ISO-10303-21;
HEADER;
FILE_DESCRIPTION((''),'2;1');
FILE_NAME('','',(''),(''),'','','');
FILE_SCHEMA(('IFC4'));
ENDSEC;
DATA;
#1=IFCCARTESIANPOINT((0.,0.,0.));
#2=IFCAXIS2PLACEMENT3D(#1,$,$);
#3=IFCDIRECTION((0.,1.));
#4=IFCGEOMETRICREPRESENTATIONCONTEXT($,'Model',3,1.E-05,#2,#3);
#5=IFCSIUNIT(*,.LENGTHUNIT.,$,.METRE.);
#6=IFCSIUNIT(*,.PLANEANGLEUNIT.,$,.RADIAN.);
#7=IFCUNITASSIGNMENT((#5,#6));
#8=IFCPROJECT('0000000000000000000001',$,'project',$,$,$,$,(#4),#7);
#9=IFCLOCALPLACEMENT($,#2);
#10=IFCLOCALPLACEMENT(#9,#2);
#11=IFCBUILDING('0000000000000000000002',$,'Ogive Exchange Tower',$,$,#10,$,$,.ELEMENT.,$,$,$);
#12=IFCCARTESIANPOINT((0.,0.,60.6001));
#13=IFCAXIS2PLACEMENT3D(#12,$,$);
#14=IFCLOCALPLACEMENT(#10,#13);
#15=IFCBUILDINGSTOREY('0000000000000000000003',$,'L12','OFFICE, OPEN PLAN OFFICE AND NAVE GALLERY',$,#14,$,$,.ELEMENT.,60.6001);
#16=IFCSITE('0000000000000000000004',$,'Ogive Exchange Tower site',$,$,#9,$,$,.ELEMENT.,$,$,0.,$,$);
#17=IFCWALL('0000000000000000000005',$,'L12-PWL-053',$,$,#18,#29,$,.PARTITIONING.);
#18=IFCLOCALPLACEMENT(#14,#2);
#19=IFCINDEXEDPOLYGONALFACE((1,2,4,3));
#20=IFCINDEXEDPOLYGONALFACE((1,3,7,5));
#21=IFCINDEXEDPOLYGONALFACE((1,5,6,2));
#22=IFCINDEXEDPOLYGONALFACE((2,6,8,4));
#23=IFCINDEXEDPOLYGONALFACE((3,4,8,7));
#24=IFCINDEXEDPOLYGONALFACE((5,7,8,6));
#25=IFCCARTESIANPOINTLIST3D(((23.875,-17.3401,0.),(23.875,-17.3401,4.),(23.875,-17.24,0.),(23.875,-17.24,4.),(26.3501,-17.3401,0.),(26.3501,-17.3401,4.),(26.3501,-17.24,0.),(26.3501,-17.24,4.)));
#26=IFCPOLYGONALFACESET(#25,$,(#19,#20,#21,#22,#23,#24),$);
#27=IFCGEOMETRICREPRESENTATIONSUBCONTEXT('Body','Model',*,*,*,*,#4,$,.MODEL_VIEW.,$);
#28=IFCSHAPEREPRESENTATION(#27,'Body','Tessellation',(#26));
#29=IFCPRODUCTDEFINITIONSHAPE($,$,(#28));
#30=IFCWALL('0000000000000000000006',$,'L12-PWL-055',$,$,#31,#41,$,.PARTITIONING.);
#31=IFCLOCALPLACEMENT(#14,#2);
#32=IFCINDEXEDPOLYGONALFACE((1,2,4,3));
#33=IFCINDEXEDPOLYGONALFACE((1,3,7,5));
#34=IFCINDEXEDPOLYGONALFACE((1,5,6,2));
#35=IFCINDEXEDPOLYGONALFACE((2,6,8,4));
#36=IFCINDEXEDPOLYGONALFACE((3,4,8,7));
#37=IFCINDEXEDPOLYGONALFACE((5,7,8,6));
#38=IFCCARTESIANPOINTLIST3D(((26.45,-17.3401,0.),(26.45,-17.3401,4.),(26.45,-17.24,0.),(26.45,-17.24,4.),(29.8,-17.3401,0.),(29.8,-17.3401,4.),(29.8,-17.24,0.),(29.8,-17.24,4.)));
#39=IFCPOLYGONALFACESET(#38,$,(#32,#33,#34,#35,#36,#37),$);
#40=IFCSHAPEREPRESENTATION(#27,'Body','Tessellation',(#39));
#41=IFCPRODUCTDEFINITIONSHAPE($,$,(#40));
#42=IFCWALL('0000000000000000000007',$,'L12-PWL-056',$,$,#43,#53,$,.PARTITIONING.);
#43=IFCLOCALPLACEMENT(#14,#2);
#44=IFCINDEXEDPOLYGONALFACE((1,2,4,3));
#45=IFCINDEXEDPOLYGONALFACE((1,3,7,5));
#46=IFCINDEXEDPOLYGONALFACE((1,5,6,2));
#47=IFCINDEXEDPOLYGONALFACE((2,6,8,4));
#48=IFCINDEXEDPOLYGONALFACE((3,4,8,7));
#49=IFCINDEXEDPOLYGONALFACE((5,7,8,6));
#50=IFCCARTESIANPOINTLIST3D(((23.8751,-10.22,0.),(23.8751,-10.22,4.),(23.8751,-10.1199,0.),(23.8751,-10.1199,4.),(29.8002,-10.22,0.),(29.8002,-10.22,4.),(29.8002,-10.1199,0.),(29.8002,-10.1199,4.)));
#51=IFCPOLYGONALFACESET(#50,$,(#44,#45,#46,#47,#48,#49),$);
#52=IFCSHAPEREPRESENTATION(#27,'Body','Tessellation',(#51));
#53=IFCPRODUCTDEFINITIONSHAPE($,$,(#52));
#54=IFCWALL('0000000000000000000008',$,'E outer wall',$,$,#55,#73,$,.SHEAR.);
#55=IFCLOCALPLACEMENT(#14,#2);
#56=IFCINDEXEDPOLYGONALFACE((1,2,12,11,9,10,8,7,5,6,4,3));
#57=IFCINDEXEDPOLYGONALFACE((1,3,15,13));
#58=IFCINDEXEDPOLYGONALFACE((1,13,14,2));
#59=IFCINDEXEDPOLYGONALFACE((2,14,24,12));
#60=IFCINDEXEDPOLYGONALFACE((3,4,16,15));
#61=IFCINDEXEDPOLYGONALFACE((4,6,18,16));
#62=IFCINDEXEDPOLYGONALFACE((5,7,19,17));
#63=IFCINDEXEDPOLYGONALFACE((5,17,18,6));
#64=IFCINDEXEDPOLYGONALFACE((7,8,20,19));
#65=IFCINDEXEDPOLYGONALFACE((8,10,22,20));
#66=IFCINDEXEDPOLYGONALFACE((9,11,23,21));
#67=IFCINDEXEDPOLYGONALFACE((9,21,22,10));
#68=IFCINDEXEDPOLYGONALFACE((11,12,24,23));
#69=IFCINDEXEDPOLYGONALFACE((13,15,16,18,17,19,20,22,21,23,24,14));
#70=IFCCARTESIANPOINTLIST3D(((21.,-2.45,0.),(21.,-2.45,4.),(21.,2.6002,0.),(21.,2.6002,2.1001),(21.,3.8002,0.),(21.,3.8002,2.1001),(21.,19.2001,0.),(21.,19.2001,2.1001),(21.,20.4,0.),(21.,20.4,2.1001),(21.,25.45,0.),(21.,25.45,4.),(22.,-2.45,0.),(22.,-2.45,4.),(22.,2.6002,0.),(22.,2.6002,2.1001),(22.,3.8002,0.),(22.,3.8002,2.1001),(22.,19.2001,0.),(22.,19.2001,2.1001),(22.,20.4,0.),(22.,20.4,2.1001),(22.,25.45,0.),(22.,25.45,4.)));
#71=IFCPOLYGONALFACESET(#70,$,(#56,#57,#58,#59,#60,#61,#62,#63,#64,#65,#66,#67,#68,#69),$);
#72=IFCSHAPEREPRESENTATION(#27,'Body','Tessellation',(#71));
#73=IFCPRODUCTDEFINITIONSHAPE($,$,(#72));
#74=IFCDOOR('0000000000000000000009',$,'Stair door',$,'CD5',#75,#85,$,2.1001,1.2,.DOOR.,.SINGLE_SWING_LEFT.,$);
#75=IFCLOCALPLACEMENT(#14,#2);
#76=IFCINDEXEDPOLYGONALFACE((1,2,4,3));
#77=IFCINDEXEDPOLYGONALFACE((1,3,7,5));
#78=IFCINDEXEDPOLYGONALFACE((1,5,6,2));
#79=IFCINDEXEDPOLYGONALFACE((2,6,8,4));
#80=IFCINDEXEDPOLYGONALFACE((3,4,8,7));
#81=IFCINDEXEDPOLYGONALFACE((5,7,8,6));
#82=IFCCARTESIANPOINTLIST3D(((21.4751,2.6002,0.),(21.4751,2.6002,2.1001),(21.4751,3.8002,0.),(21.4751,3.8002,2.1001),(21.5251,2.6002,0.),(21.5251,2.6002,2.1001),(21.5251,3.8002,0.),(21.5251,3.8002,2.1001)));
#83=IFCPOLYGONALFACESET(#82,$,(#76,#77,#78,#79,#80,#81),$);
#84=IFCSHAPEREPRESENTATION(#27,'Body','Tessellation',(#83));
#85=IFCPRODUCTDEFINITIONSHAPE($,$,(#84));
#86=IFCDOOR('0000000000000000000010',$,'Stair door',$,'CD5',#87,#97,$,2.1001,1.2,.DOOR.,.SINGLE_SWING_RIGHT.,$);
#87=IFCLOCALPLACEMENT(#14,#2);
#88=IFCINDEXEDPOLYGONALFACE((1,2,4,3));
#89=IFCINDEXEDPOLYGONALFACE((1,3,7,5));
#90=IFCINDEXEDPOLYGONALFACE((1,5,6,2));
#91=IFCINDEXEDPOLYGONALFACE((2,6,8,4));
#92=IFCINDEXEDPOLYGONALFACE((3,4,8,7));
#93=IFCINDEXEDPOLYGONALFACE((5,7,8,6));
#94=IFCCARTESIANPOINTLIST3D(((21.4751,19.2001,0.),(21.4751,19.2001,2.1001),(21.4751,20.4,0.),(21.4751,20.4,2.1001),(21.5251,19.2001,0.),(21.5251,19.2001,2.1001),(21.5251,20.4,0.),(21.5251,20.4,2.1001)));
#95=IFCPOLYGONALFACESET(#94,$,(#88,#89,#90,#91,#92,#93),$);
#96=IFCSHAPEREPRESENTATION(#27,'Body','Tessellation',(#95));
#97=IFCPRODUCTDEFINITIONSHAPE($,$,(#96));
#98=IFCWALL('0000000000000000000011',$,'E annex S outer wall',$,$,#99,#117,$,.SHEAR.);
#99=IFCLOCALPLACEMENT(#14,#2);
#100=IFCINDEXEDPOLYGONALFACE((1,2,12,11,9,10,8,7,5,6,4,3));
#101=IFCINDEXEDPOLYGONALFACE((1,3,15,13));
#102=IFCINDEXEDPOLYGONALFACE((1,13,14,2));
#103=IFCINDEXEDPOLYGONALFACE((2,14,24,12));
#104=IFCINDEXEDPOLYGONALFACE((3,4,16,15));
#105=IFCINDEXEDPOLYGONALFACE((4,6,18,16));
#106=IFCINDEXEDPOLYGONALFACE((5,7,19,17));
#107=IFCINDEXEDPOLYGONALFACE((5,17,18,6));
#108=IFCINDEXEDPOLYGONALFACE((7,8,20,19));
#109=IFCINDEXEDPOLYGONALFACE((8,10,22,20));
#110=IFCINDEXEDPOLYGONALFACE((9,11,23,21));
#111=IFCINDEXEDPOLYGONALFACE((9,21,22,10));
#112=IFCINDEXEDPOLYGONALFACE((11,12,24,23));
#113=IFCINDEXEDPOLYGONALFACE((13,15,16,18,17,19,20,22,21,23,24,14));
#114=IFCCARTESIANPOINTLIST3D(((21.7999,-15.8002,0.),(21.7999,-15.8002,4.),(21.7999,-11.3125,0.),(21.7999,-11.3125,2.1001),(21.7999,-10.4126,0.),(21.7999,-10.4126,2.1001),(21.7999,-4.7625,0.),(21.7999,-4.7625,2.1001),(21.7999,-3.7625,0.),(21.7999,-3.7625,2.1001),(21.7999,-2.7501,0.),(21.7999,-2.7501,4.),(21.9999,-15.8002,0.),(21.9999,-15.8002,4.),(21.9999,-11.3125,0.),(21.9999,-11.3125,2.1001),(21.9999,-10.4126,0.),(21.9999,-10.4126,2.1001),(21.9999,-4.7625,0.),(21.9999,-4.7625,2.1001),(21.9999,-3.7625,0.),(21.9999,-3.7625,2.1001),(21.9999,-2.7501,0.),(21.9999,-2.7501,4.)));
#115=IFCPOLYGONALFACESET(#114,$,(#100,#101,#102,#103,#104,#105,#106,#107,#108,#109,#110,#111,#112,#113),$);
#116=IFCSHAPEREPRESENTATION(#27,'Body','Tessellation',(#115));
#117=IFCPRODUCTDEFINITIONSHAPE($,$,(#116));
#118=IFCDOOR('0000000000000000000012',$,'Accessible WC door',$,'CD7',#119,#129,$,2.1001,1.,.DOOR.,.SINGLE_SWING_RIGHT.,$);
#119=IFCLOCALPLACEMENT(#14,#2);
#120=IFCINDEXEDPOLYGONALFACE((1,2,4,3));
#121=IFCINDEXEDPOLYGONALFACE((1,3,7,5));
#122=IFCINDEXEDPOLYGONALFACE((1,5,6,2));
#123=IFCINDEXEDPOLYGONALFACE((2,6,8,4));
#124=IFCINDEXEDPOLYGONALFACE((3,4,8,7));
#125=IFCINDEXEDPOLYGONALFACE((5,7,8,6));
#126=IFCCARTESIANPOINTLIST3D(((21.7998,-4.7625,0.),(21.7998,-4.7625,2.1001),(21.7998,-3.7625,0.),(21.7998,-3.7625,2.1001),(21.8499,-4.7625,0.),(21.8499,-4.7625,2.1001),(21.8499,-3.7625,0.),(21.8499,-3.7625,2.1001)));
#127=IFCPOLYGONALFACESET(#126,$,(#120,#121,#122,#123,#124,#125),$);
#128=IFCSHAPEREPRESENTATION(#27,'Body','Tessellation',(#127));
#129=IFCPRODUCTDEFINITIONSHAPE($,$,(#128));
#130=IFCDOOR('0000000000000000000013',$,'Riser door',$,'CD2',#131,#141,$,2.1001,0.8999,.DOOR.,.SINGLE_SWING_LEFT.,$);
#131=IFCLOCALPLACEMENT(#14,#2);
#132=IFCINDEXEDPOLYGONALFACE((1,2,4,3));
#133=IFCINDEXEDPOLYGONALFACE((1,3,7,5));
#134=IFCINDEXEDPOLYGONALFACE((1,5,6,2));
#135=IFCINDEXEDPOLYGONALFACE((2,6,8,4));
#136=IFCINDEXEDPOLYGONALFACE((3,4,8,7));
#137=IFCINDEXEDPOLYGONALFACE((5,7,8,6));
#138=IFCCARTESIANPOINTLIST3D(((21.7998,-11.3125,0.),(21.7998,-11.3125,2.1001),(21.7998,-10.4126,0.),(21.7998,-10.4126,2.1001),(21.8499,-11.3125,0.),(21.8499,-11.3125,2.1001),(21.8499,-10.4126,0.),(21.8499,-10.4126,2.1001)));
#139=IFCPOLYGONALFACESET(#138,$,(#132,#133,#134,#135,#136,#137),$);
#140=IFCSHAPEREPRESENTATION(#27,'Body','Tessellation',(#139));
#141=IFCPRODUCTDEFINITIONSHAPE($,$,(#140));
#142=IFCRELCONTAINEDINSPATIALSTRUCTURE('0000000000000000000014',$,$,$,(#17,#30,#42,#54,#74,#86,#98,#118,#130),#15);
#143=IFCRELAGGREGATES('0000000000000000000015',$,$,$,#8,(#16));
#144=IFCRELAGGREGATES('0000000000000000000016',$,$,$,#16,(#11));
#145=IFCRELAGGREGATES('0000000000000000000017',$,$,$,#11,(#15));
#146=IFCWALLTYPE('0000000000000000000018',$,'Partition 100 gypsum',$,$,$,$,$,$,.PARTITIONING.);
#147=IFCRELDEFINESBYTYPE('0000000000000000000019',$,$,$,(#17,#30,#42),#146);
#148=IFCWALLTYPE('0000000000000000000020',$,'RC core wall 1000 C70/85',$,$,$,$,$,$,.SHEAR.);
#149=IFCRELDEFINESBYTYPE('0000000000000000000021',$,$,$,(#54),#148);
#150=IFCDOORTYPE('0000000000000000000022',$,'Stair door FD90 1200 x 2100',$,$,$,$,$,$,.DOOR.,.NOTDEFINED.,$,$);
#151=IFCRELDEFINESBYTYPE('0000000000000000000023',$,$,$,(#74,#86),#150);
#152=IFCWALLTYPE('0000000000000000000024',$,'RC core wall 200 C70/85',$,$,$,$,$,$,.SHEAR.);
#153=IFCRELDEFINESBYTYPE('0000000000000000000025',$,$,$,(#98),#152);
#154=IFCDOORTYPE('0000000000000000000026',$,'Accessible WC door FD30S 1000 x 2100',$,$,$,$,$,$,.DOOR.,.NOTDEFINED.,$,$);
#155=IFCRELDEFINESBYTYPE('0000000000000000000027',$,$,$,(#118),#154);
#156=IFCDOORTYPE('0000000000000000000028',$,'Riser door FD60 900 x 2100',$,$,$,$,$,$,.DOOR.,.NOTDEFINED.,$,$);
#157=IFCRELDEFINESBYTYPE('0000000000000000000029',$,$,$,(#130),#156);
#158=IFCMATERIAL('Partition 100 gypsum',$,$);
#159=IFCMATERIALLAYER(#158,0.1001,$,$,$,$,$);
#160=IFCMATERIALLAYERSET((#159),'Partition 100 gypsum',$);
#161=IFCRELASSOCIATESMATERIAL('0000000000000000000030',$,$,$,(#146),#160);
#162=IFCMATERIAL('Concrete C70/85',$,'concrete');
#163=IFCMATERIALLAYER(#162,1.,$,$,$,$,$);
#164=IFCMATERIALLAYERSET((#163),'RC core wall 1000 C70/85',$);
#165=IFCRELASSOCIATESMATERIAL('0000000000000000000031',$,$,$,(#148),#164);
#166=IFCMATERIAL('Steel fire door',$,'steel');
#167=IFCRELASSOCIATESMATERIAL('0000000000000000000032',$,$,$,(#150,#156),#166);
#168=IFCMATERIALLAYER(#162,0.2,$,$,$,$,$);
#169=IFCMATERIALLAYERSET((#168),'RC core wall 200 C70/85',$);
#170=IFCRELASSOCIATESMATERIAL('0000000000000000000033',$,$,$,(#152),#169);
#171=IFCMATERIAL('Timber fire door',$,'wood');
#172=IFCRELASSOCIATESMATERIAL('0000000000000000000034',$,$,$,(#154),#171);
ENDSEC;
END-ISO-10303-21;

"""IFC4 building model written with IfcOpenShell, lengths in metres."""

from ifc_helpers import new_model, si_unit, direction, frame, frame_2d, origin, place, context, subcontext, project, spatial, rectangle, extrude, material, layer, layer_set, type_object, element, fill, save


model = new_model("IFC4")

# Units and contexts
model_context = context("Model", 3, precision=1e-05, world=origin(), true_north=direction((0.0, 1.0)))
body_context = subcontext(model_context, "Body", "Model", "MODEL_VIEW")
ifc_project = project(units=[si_unit("LENGTHUNIT", "METRE"), si_unit("PLANEANGLEUNIT", "RADIAN")], contexts=[model_context])

# Site, building, storey
site_placement = place(None, origin())
site = spatial("IfcSite", under=ifc_project, at=site_placement, Name="Ogive Exchange Tower site", CompositionType="ELEMENT", RefElevation=0.0)
building_placement = place(site_placement, origin())
building = spatial("IfcBuilding", under=site, at=building_placement, Name="Ogive Exchange Tower", CompositionType="ELEMENT")
storey_placement = place(building_placement, frame((0.0, 0.0, 60.6001)))
storey = spatial("IfcBuildingStorey", under=building, at=storey_placement, Name="L12", Description="OFFICE, OPEN PLAN OFFICE AND NAVE GALLERY", CompositionType="ELEMENT", Elevation=60.6001)

# Walls
ifc_material_1 = material(Name="Partition 100 gypsum")
ifc_layer_1 = layer(ifc_material_1, 0.1001)
ifc_layer_set_1 = layer_set([ifc_layer_1], Name="Partition 100 gypsum")
wall_type_1 = type_object("IfcWallType", Name="Partition 100 gypsum", PredefinedType="PARTITIONING", material=ifc_layer_set_1)
wall_1_placement = place(storey_placement, frame((26.3501, -17.29, 0.0), z_axis=(0.0, 0.0, 1.0), x_axis=(-1.0, 0.0, 0.0)))
element("IfcWall", 1, at=wall_1_placement, inside=storey, type_object=wall_type_1, Name="L12-PWL-053", PredefinedType="PARTITIONING", context=body_context, shape_type="SweptSolid", body=[
    extrude(rectangle(XDim=2.4751, YDim=0.1001, at=frame_2d((1.2375, 0.0))), origin(), (0.0, 0.0, 1.0), 4.0),
])
wall_2_placement = place(storey_placement, frame((29.8, -17.29, 0.0), z_axis=(0.0, 0.0, 1.0), x_axis=(-1.0, 0.0, 0.0)))
element("IfcWall", 2, at=wall_2_placement, inside=storey, type_object=wall_type_1, Name="L12-PWL-055", PredefinedType="PARTITIONING", context=body_context, shape_type="SweptSolid", body=[
    extrude(rectangle(XDim=3.3501, YDim=0.1001, at=frame_2d((1.675, 0.0))), origin(), (0.0, 0.0, 1.0), 4.0),
])
wall_3_placement = place(storey_placement, frame((29.8, -10.1699, 0.0), z_axis=(0.0, 0.0, 1.0), x_axis=(-1.0, 0.0, 0.0)))
element("IfcWall", 3, at=wall_3_placement, inside=storey, type_object=wall_type_1, Name="L12-PWL-056", PredefinedType="PARTITIONING", context=body_context, shape_type="SweptSolid", body=[
    extrude(rectangle(XDim=5.925, YDim=0.1001, at=frame_2d((2.9624, 0.0))), origin(), (0.0, 0.0, 1.0), 4.0),
])

# Walls, openings, doors
ifc_material_2 = material(Name="Concrete C70/85", Category="concrete")
ifc_layer_2 = layer(ifc_material_2, 1.0)
ifc_layer_set_2 = layer_set([ifc_layer_2], Name="RC core wall 1000 C70/85")
wall_type_2 = type_object("IfcWallType", Name="RC core wall 1000 C70/85", PredefinedType="SHEAR", material=ifc_layer_set_2)
wall_4_placement = place(storey_placement, frame((21.5, -2.45, 0.0), z_axis=(0.0, 0.0, 1.0), x_axis=(0.0, 1.0, 0.0)))
wall_4 = element("IfcWall", 4, at=wall_4_placement, inside=storey, type_object=wall_type_2, Name="E outer wall", PredefinedType="SHEAR", context=body_context, shape_type="SweptSolid", body=[
    extrude(rectangle(XDim=27.8999, YDim=1.0, at=frame_2d((13.95, 0.0))), origin(), (0.0, 0.0, 1.0), 4.0),
])
opening_1_placement = place(wall_4_placement, frame((5.05, 0.0, 0.0)))
opening_1 = element("IfcOpeningElement", 5, at=opening_1_placement, cuts=wall_4, PredefinedType="OPENING", context=body_context, shape_type="SweptSolid", body=[
    extrude(rectangle(XDim=1.2, YDim=2.1001, at=frame_2d((0.6001, 1.05))), frame((0.0, 0.51, 0.0), z_axis=(0.0, -1.0, 0.0), x_axis=(1.0, 0.0, 0.0)), (0.0, 0.0, 1.0), 1.02),
])
opening_2_placement = place(wall_4_placement, frame((21.6499, 0.0, 0.0)))
opening_2 = element("IfcOpeningElement", 6, at=opening_2_placement, cuts=wall_4, PredefinedType="OPENING", context=body_context, shape_type="SweptSolid", body=[
    extrude(rectangle(XDim=1.2, YDim=2.1001, at=frame_2d((0.6001, 1.05))), frame((0.0, 0.51, 0.0), z_axis=(0.0, -1.0, 0.0), x_axis=(1.0, 0.0, 0.0)), (0.0, 0.0, 1.0), 1.02),
])
ifc_material_3 = material(Name="Steel fire door", Category="steel")
door_type_1 = type_object("IfcDoorType", Name="Stair door FD90 1200 x 2100", OperationType="NOTDEFINED", PredefinedType="DOOR", material=ifc_material_3)
door_1_placement = place(opening_1_placement, origin())
door_1 = element("IfcDoor", 7, at=door_1_placement, inside=storey, type_object=door_type_1, Name="Stair door", ObjectType="CD5", OperationType="SINGLE_SWING_LEFT", OverallHeight=2.1001, OverallWidth=1.2, PredefinedType="DOOR", context=body_context, shape_type="SweptSolid", body=[
    extrude(rectangle(XDim=1.2, YDim=2.1001, at=frame_2d((0.6001, 1.05))), frame((0.0, 0.0249, 0.0), z_axis=(0.0, -1.0, 0.0), x_axis=(1.0, 0.0, 0.0)), (0.0, 0.0, 1.0), 0.05),
])
fill(opening_1, door_1)
door_2_placement = place(opening_2_placement, origin())
door_2 = element("IfcDoor", 8, at=door_2_placement, inside=storey, type_object=door_type_1, Name="Stair door", ObjectType="CD5", OperationType="SINGLE_SWING_RIGHT", OverallHeight=2.1001, OverallWidth=1.2, PredefinedType="DOOR", context=body_context, shape_type="SweptSolid", body=[
    extrude(rectangle(XDim=1.2, YDim=2.1001, at=frame_2d((0.6001, 1.05))), frame((0.0, 0.0249, 0.0), z_axis=(0.0, -1.0, 0.0), x_axis=(1.0, 0.0, 0.0)), (0.0, 0.0, 1.0), 0.05),
])
fill(opening_2, door_2)
ifc_layer_3 = layer(ifc_material_2, 0.2)
ifc_layer_set_3 = layer_set([ifc_layer_3], Name="RC core wall 200 C70/85")
wall_type_3 = type_object("IfcWallType", Name="RC core wall 200 C70/85", PredefinedType="SHEAR", material=ifc_layer_set_3)
wall_5_placement = place(storey_placement, frame((21.8999, -15.8, 0.0), z_axis=(0.0, 0.0, 1.0), x_axis=(0.0, 1.0, 0.0)))
wall_5 = element("IfcWall", 9, at=wall_5_placement, inside=storey, type_object=wall_type_3, Name="E annex S outer wall", PredefinedType="SHEAR", context=body_context, shape_type="SweptSolid", body=[
    extrude(rectangle(XDim=13.05, YDim=0.2, at=frame_2d((6.5249, 0.0))), origin(), (0.0, 0.0, 1.0), 4.0),
])
opening_3_placement = place(wall_5_placement, frame((4.4875, 0.0, 0.0)))
opening_3 = element("IfcOpeningElement", 10, at=opening_3_placement, cuts=wall_5, PredefinedType="OPENING", context=body_context, shape_type="SweptSolid", body=[
    extrude(rectangle(XDim=0.8999, YDim=2.1001, at=frame_2d((0.45, 1.05))), frame((0.0, 0.1099, 0.0), z_axis=(0.0, -1.0, 0.0), x_axis=(1.0, 0.0, 0.0)), (0.0, 0.0, 1.0), 0.22),
])
opening_4_placement = place(wall_5_placement, frame((11.0376, 0.0, 0.0)))
opening_4 = element("IfcOpeningElement", 11, at=opening_4_placement, cuts=wall_5, PredefinedType="OPENING", context=body_context, shape_type="SweptSolid", body=[
    extrude(rectangle(XDim=1.0, YDim=2.1001, at=frame_2d((0.5, 1.05))), frame((0.0, 0.1099, 0.0), z_axis=(0.0, -1.0, 0.0), x_axis=(1.0, 0.0, 0.0)), (0.0, 0.0, 1.0), 0.22),
])
ifc_material_4 = material(Name="Timber fire door", Category="wood")
door_type_2 = type_object("IfcDoorType", Name="Accessible WC door FD30S 1000 x 2100", OperationType="NOTDEFINED", PredefinedType="DOOR", material=ifc_material_4)
door_3_placement = place(opening_4_placement, origin())
door_3 = element("IfcDoor", 12, at=door_3_placement, inside=storey, type_object=door_type_2, Name="Accessible WC door", ObjectType="CD7", OperationType="SINGLE_SWING_RIGHT", OverallHeight=2.1001, OverallWidth=1.0, PredefinedType="DOOR", context=body_context, shape_type="SweptSolid", body=[
    extrude(rectangle(XDim=1.0, YDim=2.1001, at=frame_2d((0.5, 1.05))), frame((0.0, 0.1001, 0.0), z_axis=(0.0, -1.0, 0.0), x_axis=(1.0, 0.0, 0.0)), (0.0, 0.0, 1.0), 0.05),
])
fill(opening_4, door_3)
door_type_3 = type_object("IfcDoorType", Name="Riser door FD60 900 x 2100", OperationType="NOTDEFINED", PredefinedType="DOOR", material=ifc_material_3)
door_4_placement = place(opening_3_placement, origin())
door_4 = element("IfcDoor", 13, at=door_4_placement, inside=storey, type_object=door_type_3, Name="Riser door", ObjectType="CD2", OperationType="SINGLE_SWING_LEFT", OverallHeight=2.1001, OverallWidth=0.8999, PredefinedType="DOOR", context=body_context, shape_type="SweptSolid", body=[
    extrude(rectangle(XDim=0.8999, YDim=2.1001, at=frame_2d((0.45, 1.05))), frame((0.0, 0.1001, 0.0), z_axis=(0.0, -1.0, 0.0), x_axis=(1.0, 0.0, 0.0)), (0.0, 0.0, 1.0), 0.05),
])
fill(opening_3, door_4)

save(model, "model.ifc")
